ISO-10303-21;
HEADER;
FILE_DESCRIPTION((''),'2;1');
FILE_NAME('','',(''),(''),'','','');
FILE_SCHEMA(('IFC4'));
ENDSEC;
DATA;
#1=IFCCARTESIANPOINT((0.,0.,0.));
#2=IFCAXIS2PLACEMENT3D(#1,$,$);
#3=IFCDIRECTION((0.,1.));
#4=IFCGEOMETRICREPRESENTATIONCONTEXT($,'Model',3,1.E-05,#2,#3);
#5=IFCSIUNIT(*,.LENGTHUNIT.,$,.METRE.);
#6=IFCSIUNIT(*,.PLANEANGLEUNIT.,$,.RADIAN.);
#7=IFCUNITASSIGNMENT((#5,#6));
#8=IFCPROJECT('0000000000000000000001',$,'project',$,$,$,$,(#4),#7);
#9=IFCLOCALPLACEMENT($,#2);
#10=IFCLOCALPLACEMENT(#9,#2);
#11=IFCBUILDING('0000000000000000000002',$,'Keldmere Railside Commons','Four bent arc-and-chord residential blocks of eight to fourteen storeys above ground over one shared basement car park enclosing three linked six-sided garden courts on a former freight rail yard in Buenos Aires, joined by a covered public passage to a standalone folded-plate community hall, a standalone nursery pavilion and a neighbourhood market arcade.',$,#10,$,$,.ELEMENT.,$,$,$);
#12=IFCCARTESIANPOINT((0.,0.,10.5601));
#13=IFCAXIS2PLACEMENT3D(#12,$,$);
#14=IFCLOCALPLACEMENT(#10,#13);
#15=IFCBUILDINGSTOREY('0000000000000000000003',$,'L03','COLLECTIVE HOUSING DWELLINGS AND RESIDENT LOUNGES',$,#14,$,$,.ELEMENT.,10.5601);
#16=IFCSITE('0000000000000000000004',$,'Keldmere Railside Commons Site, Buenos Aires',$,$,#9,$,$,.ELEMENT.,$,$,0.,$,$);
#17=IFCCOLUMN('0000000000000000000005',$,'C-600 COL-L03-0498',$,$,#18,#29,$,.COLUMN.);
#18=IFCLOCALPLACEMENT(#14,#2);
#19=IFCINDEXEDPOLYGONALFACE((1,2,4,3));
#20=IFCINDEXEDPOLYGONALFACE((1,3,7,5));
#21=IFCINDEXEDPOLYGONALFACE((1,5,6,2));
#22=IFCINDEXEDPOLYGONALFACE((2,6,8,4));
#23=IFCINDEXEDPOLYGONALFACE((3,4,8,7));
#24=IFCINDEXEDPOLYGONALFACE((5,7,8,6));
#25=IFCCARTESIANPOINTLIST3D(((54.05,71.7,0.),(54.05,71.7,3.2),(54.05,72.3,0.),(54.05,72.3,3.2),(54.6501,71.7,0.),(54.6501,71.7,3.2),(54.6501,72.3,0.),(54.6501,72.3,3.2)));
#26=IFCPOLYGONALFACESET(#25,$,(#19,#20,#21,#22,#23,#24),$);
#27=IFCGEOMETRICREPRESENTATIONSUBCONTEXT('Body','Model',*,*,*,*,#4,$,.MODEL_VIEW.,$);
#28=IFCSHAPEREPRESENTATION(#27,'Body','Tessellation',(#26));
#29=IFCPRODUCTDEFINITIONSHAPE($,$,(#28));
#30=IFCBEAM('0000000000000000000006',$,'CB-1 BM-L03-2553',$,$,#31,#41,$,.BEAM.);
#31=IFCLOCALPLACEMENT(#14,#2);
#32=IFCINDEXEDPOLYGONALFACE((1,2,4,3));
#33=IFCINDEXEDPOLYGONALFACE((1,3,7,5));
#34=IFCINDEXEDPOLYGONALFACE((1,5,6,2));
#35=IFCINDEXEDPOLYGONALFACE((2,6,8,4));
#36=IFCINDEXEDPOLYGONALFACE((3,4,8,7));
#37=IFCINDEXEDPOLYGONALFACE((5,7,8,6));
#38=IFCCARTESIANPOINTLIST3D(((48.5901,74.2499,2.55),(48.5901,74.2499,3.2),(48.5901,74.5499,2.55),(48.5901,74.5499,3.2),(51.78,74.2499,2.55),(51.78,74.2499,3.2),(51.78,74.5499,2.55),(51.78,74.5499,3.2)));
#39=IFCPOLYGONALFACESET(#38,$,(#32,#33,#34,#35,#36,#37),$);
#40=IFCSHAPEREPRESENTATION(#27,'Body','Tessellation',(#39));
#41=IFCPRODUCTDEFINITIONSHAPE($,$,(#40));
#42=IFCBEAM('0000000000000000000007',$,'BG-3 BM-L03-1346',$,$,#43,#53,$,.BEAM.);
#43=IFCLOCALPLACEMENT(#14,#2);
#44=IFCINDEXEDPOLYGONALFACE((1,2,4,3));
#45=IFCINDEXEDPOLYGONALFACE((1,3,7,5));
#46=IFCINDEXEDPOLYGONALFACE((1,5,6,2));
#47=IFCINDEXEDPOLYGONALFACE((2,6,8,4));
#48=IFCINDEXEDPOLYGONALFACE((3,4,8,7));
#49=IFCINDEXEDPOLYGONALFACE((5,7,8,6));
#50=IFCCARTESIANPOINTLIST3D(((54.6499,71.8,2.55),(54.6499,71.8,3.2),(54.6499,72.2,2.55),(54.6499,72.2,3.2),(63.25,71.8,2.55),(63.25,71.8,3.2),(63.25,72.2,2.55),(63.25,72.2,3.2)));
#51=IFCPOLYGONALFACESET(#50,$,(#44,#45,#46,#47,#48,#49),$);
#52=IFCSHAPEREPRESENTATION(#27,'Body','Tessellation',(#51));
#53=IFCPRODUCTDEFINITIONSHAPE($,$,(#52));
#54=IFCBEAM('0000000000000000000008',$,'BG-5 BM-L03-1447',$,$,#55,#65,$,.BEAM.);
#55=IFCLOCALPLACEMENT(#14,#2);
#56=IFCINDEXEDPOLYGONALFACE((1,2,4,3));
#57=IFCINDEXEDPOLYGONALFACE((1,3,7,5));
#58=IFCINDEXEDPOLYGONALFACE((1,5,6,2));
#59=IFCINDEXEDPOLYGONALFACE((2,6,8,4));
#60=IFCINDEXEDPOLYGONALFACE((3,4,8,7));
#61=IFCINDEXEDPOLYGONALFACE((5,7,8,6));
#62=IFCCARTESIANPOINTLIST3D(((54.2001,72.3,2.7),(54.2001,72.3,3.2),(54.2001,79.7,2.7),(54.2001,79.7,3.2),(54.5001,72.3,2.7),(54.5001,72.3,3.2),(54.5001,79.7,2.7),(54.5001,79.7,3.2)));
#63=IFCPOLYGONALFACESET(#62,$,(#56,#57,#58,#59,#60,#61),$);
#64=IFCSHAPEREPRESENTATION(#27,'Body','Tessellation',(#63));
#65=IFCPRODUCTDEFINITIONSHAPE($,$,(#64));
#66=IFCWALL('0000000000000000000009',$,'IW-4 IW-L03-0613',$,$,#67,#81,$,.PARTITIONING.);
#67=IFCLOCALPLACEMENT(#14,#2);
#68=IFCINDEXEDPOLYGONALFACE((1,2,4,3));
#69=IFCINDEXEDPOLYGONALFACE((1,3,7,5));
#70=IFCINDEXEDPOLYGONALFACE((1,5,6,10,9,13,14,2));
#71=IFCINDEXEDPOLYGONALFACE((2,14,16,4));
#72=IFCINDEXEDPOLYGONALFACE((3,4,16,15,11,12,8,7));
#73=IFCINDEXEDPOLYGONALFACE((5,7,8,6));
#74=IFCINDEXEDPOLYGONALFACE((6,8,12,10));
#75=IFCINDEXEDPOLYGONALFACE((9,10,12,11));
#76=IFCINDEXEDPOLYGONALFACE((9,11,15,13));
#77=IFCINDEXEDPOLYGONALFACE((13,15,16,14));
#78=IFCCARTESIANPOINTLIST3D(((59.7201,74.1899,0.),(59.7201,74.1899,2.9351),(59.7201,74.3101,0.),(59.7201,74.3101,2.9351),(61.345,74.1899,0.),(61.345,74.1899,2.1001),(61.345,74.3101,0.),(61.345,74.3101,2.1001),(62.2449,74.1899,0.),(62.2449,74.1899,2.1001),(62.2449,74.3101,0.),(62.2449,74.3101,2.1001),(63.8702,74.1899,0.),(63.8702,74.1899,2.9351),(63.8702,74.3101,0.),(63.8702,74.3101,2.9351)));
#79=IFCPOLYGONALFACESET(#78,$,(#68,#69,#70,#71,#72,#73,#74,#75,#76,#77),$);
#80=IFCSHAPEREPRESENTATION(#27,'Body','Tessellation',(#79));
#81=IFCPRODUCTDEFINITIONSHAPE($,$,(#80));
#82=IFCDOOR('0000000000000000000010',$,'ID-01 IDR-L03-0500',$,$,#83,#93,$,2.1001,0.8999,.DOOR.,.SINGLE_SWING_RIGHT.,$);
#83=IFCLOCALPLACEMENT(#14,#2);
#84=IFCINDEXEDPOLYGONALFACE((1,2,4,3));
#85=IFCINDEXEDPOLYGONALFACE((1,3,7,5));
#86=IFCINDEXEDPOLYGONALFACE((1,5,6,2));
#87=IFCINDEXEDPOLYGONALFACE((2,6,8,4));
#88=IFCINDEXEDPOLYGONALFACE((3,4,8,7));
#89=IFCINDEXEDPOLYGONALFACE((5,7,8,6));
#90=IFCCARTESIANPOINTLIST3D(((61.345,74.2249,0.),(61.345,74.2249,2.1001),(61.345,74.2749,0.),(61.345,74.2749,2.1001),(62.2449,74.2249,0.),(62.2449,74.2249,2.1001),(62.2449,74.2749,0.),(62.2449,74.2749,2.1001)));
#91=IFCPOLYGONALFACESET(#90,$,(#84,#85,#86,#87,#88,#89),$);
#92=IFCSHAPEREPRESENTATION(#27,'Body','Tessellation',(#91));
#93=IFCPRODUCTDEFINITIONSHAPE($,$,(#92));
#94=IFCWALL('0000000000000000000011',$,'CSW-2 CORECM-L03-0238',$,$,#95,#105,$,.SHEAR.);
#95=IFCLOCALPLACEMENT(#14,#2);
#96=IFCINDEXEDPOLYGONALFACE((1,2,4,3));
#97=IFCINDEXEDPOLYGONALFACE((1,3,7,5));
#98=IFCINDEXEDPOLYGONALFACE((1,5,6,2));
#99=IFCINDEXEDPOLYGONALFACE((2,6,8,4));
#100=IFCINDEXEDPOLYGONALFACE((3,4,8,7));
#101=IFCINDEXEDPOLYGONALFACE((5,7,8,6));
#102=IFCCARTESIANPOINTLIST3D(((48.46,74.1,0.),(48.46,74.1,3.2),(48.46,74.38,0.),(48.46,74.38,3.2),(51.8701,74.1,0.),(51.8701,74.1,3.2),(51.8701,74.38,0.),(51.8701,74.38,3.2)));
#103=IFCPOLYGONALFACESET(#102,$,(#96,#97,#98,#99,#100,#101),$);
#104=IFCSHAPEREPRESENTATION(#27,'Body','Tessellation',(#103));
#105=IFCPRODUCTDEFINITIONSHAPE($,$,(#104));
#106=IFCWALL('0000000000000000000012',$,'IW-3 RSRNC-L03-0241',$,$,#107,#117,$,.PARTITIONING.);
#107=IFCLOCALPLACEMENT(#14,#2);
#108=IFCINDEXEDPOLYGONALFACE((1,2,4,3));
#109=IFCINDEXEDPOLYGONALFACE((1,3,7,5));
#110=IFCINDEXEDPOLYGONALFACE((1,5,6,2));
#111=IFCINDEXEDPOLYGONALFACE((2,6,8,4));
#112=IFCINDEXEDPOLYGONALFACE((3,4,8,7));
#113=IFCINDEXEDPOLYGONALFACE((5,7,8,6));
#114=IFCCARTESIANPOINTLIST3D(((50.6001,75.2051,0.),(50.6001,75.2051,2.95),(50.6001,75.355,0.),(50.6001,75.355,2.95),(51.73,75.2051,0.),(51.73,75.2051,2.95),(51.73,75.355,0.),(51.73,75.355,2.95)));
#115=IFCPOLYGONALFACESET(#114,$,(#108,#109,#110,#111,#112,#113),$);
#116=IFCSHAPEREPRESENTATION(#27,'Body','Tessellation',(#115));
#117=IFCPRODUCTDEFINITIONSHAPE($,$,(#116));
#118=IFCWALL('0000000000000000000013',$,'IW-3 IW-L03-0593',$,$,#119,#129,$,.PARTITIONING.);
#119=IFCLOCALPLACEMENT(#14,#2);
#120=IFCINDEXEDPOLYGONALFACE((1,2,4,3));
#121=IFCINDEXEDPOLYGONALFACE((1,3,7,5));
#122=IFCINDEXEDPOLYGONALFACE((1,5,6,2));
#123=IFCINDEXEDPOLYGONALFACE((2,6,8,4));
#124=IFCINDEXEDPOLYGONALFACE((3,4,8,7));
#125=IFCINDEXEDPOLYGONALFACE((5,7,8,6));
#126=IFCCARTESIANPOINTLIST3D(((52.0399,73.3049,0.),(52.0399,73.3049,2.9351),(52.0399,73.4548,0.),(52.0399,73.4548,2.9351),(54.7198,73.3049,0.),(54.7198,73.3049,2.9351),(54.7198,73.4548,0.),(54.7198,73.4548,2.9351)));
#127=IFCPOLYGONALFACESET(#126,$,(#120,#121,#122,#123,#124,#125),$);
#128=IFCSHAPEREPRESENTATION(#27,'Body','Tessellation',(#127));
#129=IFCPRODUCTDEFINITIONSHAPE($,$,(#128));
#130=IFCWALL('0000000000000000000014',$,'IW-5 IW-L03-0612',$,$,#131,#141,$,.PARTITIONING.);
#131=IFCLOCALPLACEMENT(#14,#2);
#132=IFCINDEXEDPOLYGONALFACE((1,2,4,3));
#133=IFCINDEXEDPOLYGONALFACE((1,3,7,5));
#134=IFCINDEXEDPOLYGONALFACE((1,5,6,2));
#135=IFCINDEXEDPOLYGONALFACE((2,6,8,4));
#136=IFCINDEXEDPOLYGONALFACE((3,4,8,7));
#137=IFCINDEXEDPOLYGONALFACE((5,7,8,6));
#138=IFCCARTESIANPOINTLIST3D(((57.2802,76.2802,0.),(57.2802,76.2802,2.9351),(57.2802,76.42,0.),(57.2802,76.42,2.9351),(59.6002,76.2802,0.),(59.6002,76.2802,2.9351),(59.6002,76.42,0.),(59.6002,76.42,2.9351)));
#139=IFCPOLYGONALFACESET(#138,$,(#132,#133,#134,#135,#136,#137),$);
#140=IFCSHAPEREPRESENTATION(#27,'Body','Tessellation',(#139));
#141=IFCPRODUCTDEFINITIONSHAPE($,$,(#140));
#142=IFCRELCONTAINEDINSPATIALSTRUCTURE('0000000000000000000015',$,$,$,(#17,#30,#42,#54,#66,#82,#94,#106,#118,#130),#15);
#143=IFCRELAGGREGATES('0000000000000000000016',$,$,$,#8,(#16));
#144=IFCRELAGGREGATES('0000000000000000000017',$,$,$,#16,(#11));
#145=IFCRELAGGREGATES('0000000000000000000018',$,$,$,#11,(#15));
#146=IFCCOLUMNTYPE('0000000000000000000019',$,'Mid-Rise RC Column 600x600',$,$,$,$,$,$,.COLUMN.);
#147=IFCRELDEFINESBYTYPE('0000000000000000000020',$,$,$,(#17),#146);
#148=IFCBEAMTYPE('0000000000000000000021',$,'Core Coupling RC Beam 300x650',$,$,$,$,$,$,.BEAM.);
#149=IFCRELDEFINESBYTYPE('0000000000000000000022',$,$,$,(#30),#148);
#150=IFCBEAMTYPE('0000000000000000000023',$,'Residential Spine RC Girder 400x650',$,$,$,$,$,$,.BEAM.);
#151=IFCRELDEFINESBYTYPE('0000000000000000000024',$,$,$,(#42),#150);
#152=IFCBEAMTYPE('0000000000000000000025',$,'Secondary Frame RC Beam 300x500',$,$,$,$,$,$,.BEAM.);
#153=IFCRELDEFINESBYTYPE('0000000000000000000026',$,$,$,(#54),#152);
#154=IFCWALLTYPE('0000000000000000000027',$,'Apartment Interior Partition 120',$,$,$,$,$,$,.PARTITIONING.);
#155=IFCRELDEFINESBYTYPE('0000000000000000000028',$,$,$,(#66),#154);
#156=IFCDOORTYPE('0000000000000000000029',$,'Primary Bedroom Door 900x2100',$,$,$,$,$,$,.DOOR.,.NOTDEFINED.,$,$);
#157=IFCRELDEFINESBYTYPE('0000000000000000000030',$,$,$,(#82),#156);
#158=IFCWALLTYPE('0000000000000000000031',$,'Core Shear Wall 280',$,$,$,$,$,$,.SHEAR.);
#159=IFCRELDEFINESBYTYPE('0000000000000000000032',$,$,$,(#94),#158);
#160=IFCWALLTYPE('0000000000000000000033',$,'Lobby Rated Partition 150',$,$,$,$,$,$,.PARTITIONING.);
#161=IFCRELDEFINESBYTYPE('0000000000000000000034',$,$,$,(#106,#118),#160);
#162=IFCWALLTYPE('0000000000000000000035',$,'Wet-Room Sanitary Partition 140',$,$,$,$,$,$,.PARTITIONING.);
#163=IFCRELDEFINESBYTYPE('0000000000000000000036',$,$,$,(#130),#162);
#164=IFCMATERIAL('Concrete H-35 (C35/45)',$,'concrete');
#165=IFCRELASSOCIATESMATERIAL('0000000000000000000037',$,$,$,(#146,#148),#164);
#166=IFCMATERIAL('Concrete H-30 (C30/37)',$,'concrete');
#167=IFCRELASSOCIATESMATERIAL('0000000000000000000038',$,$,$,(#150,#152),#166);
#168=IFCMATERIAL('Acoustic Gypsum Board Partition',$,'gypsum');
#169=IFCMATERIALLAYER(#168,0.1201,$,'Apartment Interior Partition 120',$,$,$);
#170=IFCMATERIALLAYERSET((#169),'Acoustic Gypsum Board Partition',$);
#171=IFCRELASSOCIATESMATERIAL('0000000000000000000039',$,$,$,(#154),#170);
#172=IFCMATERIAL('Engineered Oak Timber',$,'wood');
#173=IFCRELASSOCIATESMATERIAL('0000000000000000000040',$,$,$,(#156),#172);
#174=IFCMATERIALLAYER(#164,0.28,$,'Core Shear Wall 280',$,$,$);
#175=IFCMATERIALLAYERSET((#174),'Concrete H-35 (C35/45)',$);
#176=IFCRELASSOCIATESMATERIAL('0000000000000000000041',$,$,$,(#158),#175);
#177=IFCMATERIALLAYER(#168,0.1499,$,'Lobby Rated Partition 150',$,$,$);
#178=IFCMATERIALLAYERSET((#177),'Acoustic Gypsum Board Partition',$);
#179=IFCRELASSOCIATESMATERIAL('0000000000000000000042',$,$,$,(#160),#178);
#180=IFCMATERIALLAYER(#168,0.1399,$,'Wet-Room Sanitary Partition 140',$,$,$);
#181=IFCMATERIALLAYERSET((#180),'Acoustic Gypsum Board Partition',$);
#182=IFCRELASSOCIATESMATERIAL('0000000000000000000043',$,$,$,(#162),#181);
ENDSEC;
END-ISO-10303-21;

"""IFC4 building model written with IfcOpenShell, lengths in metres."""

from ifc_helpers import new_model, si_unit, direction, frame, frame_2d, origin, origin_2d, place, context, subcontext, project, spatial, rectangle, extrude, material, layer, layer_set, material_profile, profile_set, type_object, element, fill, save


model = new_model("IFC4")

# Units and contexts
model_context = context("Model", 3, precision=1e-05, world=origin(), true_north=direction((0.0, 1.0)))
body_context = subcontext(model_context, "Body", "Model", "MODEL_VIEW")
ifc_project = project(units=[si_unit("LENGTHUNIT", "METRE"), si_unit("PLANEANGLEUNIT", "RADIAN")], contexts=[model_context])

# Site, building, storey
site_placement = place(None, origin())
site = spatial("IfcSite", under=ifc_project, at=site_placement, Name="Keldmere Railside Commons Site, Buenos Aires", CompositionType="ELEMENT", RefElevation=0.0)
building_placement = place(site_placement, origin())
building = spatial("IfcBuilding", under=site, at=building_placement, Name="Keldmere Railside Commons", Description="Four bent arc-and-chord residential blocks of eight to fourteen storeys above ground over one shared basement car park enclosing three linked six-sided garden courts on a former freight rail yard in Buenos Aires, joined by a covered public passage to a standalone folded-plate community hall, a standalone nursery pavilion and a neighbourhood market arcade.", CompositionType="ELEMENT")
storey_placement = place(building_placement, frame((0.0, 0.0, 10.5601)))
storey = spatial("IfcBuildingStorey", under=building, at=storey_placement, Name="L03", Description="COLLECTIVE HOUSING DWELLINGS AND RESIDENT LOUNGES", CompositionType="ELEMENT", Elevation=10.5601)

# Column
ifc_material_1 = material(Name="Concrete H-35 (C35/45)", Category="concrete")
ifc_material_profile_1 = material_profile(ifc_material_1, rectangle(XDim=0.6001, YDim=0.6001, at=origin_2d()), Name="RC-600x600")
ifc_profile_set_1 = profile_set([ifc_material_profile_1], Name="Concrete H-35 (C35/45)")
column_type = type_object("IfcColumnType", Name="Mid-Rise RC Column 600x600", PredefinedType="COLUMN", material=ifc_profile_set_1)
column_placement = place(storey_placement, frame((54.3501, 72.0, 0.0), z_axis=(0.0, 0.0, 1.0), x_axis=(1.0, 0.0, 0.0)))
element("IfcColumn", 1, at=column_placement, inside=storey, type_object=column_type, Name="C-600 COL-L03-0498", PredefinedType="COLUMN", context=body_context, shape_type="SweptSolid", body=[
    extrude(rectangle(XDim=0.6001, YDim=0.6001, at=origin_2d()), origin(), (0.0, 0.0, 1.0), 3.2),
])

# Beams
ifc_material_profile_2 = material_profile(ifc_material_1, rectangle(XDim=0.3, YDim=0.6499, at=origin_2d()), Name="RC-300x650")
ifc_profile_set_2 = profile_set([ifc_material_profile_2], Name="Concrete H-35 (C35/45)")
beam_type_1 = type_object("IfcBeamType", Name="Core Coupling RC Beam 300x650", PredefinedType="BEAM", material=ifc_profile_set_2)
beam_1_placement = place(storey_placement, frame((48.5901, 74.3999, 2.875), z_axis=(1.0, 0.0, 0.0), x_axis=(0.0, 1.0, 0.0)))
element("IfcBeam", 2, at=beam_1_placement, inside=storey, type_object=beam_type_1, Name="CB-1 BM-L03-2553", PredefinedType="BEAM", context=body_context, shape_type="SweptSolid", body=[
    extrude(rectangle(XDim=0.3, YDim=0.6499, at=origin_2d()), origin(), (0.0, 0.0, 1.0), 3.1899),
])
ifc_material_2 = material(Name="Concrete H-30 (C30/37)", Category="concrete")
ifc_material_profile_3 = material_profile(ifc_material_2, rectangle(XDim=0.3999, YDim=0.6499, at=origin_2d()), Name="RC-400x650")
ifc_profile_set_3 = profile_set([ifc_material_profile_3], Name="Concrete H-30 (C30/37)")
beam_type_2 = type_object("IfcBeamType", Name="Residential Spine RC Girder 400x650", PredefinedType="BEAM", material=ifc_profile_set_3)
beam_2_placement = place(storey_placement, frame((54.6499, 72.0, 2.875), z_axis=(1.0, 0.0, 0.0), x_axis=(0.0, 1.0, 0.0)))
element("IfcBeam", 3, at=beam_2_placement, inside=storey, type_object=beam_type_2, Name="BG-3 BM-L03-1346", PredefinedType="BEAM", context=body_context, shape_type="SweptSolid", body=[
    extrude(rectangle(XDim=0.3999, YDim=0.6499, at=origin_2d()), origin(), (0.0, 0.0, 1.0), 8.6001),
])
ifc_material_profile_4 = material_profile(ifc_material_2, rectangle(XDim=0.3, YDim=0.5, at=origin_2d()), Name="RC-300x500")
ifc_profile_set_4 = profile_set([ifc_material_profile_4], Name="Concrete H-30 (C30/37)")
beam_type_3 = type_object("IfcBeamType", Name="Secondary Frame RC Beam 300x500", PredefinedType="BEAM", material=ifc_profile_set_4)
beam_3_placement = place(storey_placement, frame((54.3501, 72.3, 2.95), z_axis=(0.0, 1.0, 0.0), x_axis=(-1.0, 0.0, 0.0)))
element("IfcBeam", 4, at=beam_3_placement, inside=storey, type_object=beam_type_3, Name="BG-5 BM-L03-1447", PredefinedType="BEAM", context=body_context, shape_type="SweptSolid", body=[
    extrude(rectangle(XDim=0.3, YDim=0.5, at=origin_2d()), origin(), (0.0, 0.0, 1.0), 7.3999),
])

# Wall, opening, door
ifc_material_3 = material(Name="Acoustic Gypsum Board Partition", Category="gypsum")
ifc_layer_1 = layer(ifc_material_3, 0.1201, Name="Apartment Interior Partition 120")
ifc_layer_set_1 = layer_set([ifc_layer_1], Name="Acoustic Gypsum Board Partition")
wall_type_1 = type_object("IfcWallType", Name="Apartment Interior Partition 120", PredefinedType="PARTITIONING", material=ifc_layer_set_1)
wall_1_placement = place(storey_placement, frame((59.72, 74.25, 0.0), z_axis=(0.0, 0.0, 1.0), x_axis=(1.0, 0.0, 0.0)))
wall_1 = element("IfcWall", 5, at=wall_1_placement, inside=storey, type_object=wall_type_1, Name="IW-4 IW-L03-0613", PredefinedType="PARTITIONING", context=body_context, shape_type="SweptSolid", body=[
    extrude(rectangle(XDim=4.1501, YDim=0.1201, at=frame_2d((2.0752, 0.0))), origin(), (0.0, 0.0, 1.0), 2.9351),
])
opening_1_placement = place(wall_1_placement, frame((1.625, 0.0, 0.0)))
opening_1 = element("IfcOpeningElement", 6, at=opening_1_placement, cuts=wall_1, PredefinedType="OPENING", context=body_context, shape_type="SweptSolid", body=[
    extrude(rectangle(XDim=0.8999, YDim=2.1001, at=frame_2d((0.45, 1.05))), frame((0.0, 0.0701, 0.0), z_axis=(0.0, -1.0, 0.0), x_axis=(1.0, 0.0, 0.0)), (0.0, 0.0, 1.0), 0.1401),
])
ifc_material_4 = material(Name="Engineered Oak Timber", Category="wood")
door_type_1 = type_object("IfcDoorType", Name="Primary Bedroom Door 900x2100", OperationType="NOTDEFINED", PredefinedType="DOOR", material=ifc_material_4)
door_1_placement = place(opening_1_placement, origin())
door_1 = element("IfcDoor", 7, at=door_1_placement, inside=storey, type_object=door_type_1, Name="ID-01 IDR-L03-0500", OperationType="SINGLE_SWING_RIGHT", OverallHeight=2.1001, OverallWidth=0.8999, PredefinedType="DOOR", context=body_context, shape_type="SweptSolid", body=[
    extrude(rectangle(XDim=0.8999, YDim=2.1001, at=frame_2d((0.45, 1.05))), frame((0.0, 0.0249, 0.0), z_axis=(0.0, -1.0, 0.0), x_axis=(1.0, 0.0, 0.0)), (0.0, 0.0, 1.0), 0.05),
])
fill(opening_1, door_1)

# Wall
ifc_layer_2 = layer(ifc_material_1, 0.28, Name="Core Shear Wall 280")
ifc_layer_set_2 = layer_set([ifc_layer_2], Name="Concrete H-35 (C35/45)")
wall_type_2 = type_object("IfcWallType", Name="Core Shear Wall 280", PredefinedType="SHEAR", material=ifc_layer_set_2)
wall_2_placement = place(storey_placement, frame((48.46, 74.24, 0.0), z_axis=(0.0, 0.0, 1.0), x_axis=(1.0, 0.0, 0.0)))
element("IfcWall", 8, at=wall_2_placement, inside=storey, type_object=wall_type_2, Name="CSW-2 CORECM-L03-0238", PredefinedType="SHEAR", context=body_context, shape_type="SweptSolid", body=[
    extrude(rectangle(XDim=3.4102, YDim=0.28, at=frame_2d((1.7051, 0.0))), origin(), (0.0, 0.0, 1.0), 3.2),
])

# Walls
ifc_layer_3 = layer(ifc_material_3, 0.1499, Name="Lobby Rated Partition 150")
ifc_layer_set_3 = layer_set([ifc_layer_3], Name="Acoustic Gypsum Board Partition")
wall_type_3 = type_object("IfcWallType", Name="Lobby Rated Partition 150", PredefinedType="PARTITIONING", material=ifc_layer_set_3)
wall_3_placement = place(storey_placement, frame((50.6001, 75.28, 0.0), z_axis=(0.0, 0.0, 1.0), x_axis=(1.0, 0.0, 0.0)))
element("IfcWall", 9, at=wall_3_placement, inside=storey, type_object=wall_type_3, Name="IW-3 RSRNC-L03-0241", PredefinedType="PARTITIONING", context=body_context, shape_type="SweptSolid", body=[
    extrude(rectangle(XDim=1.1299, YDim=0.1499, at=frame_2d((0.5649, 0.0))), origin(), (0.0, 0.0, 1.0), 2.95),
])
wall_4_placement = place(storey_placement, frame((52.04, 73.3799, 0.0), z_axis=(0.0, 0.0, 1.0), x_axis=(1.0, 0.0, 0.0)))
element("IfcWall", 10, at=wall_4_placement, inside=storey, type_object=wall_type_3, Name="IW-3 IW-L03-0593", PredefinedType="PARTITIONING", context=body_context, shape_type="SweptSolid", body=[
    extrude(rectangle(XDim=2.6799, YDim=0.1499, at=frame_2d((1.3398, 0.0))), origin(), (0.0, 0.0, 1.0), 2.9351),
])
ifc_layer_4 = layer(ifc_material_3, 0.1399, Name="Wet-Room Sanitary Partition 140")
ifc_layer_set_4 = layer_set([ifc_layer_4], Name="Acoustic Gypsum Board Partition")
wall_type_4 = type_object("IfcWallType", Name="Wet-Room Sanitary Partition 140", PredefinedType="PARTITIONING", material=ifc_layer_set_4)
wall_5_placement = place(storey_placement, frame((57.28, 76.3501, 0.0), z_axis=(0.0, 0.0, 1.0), x_axis=(1.0, 0.0, 0.0)))
element("IfcWall", 11, at=wall_5_placement, inside=storey, type_object=wall_type_4, Name="IW-5 IW-L03-0612", PredefinedType="PARTITIONING", context=body_context, shape_type="SweptSolid", body=[
    extrude(rectangle(XDim=2.3201, YDim=0.1399, at=frame_2d((1.1602, 0.0))), origin(), (0.0, 0.0, 1.0), 2.9351),
])

save(model, "model.ifc")
